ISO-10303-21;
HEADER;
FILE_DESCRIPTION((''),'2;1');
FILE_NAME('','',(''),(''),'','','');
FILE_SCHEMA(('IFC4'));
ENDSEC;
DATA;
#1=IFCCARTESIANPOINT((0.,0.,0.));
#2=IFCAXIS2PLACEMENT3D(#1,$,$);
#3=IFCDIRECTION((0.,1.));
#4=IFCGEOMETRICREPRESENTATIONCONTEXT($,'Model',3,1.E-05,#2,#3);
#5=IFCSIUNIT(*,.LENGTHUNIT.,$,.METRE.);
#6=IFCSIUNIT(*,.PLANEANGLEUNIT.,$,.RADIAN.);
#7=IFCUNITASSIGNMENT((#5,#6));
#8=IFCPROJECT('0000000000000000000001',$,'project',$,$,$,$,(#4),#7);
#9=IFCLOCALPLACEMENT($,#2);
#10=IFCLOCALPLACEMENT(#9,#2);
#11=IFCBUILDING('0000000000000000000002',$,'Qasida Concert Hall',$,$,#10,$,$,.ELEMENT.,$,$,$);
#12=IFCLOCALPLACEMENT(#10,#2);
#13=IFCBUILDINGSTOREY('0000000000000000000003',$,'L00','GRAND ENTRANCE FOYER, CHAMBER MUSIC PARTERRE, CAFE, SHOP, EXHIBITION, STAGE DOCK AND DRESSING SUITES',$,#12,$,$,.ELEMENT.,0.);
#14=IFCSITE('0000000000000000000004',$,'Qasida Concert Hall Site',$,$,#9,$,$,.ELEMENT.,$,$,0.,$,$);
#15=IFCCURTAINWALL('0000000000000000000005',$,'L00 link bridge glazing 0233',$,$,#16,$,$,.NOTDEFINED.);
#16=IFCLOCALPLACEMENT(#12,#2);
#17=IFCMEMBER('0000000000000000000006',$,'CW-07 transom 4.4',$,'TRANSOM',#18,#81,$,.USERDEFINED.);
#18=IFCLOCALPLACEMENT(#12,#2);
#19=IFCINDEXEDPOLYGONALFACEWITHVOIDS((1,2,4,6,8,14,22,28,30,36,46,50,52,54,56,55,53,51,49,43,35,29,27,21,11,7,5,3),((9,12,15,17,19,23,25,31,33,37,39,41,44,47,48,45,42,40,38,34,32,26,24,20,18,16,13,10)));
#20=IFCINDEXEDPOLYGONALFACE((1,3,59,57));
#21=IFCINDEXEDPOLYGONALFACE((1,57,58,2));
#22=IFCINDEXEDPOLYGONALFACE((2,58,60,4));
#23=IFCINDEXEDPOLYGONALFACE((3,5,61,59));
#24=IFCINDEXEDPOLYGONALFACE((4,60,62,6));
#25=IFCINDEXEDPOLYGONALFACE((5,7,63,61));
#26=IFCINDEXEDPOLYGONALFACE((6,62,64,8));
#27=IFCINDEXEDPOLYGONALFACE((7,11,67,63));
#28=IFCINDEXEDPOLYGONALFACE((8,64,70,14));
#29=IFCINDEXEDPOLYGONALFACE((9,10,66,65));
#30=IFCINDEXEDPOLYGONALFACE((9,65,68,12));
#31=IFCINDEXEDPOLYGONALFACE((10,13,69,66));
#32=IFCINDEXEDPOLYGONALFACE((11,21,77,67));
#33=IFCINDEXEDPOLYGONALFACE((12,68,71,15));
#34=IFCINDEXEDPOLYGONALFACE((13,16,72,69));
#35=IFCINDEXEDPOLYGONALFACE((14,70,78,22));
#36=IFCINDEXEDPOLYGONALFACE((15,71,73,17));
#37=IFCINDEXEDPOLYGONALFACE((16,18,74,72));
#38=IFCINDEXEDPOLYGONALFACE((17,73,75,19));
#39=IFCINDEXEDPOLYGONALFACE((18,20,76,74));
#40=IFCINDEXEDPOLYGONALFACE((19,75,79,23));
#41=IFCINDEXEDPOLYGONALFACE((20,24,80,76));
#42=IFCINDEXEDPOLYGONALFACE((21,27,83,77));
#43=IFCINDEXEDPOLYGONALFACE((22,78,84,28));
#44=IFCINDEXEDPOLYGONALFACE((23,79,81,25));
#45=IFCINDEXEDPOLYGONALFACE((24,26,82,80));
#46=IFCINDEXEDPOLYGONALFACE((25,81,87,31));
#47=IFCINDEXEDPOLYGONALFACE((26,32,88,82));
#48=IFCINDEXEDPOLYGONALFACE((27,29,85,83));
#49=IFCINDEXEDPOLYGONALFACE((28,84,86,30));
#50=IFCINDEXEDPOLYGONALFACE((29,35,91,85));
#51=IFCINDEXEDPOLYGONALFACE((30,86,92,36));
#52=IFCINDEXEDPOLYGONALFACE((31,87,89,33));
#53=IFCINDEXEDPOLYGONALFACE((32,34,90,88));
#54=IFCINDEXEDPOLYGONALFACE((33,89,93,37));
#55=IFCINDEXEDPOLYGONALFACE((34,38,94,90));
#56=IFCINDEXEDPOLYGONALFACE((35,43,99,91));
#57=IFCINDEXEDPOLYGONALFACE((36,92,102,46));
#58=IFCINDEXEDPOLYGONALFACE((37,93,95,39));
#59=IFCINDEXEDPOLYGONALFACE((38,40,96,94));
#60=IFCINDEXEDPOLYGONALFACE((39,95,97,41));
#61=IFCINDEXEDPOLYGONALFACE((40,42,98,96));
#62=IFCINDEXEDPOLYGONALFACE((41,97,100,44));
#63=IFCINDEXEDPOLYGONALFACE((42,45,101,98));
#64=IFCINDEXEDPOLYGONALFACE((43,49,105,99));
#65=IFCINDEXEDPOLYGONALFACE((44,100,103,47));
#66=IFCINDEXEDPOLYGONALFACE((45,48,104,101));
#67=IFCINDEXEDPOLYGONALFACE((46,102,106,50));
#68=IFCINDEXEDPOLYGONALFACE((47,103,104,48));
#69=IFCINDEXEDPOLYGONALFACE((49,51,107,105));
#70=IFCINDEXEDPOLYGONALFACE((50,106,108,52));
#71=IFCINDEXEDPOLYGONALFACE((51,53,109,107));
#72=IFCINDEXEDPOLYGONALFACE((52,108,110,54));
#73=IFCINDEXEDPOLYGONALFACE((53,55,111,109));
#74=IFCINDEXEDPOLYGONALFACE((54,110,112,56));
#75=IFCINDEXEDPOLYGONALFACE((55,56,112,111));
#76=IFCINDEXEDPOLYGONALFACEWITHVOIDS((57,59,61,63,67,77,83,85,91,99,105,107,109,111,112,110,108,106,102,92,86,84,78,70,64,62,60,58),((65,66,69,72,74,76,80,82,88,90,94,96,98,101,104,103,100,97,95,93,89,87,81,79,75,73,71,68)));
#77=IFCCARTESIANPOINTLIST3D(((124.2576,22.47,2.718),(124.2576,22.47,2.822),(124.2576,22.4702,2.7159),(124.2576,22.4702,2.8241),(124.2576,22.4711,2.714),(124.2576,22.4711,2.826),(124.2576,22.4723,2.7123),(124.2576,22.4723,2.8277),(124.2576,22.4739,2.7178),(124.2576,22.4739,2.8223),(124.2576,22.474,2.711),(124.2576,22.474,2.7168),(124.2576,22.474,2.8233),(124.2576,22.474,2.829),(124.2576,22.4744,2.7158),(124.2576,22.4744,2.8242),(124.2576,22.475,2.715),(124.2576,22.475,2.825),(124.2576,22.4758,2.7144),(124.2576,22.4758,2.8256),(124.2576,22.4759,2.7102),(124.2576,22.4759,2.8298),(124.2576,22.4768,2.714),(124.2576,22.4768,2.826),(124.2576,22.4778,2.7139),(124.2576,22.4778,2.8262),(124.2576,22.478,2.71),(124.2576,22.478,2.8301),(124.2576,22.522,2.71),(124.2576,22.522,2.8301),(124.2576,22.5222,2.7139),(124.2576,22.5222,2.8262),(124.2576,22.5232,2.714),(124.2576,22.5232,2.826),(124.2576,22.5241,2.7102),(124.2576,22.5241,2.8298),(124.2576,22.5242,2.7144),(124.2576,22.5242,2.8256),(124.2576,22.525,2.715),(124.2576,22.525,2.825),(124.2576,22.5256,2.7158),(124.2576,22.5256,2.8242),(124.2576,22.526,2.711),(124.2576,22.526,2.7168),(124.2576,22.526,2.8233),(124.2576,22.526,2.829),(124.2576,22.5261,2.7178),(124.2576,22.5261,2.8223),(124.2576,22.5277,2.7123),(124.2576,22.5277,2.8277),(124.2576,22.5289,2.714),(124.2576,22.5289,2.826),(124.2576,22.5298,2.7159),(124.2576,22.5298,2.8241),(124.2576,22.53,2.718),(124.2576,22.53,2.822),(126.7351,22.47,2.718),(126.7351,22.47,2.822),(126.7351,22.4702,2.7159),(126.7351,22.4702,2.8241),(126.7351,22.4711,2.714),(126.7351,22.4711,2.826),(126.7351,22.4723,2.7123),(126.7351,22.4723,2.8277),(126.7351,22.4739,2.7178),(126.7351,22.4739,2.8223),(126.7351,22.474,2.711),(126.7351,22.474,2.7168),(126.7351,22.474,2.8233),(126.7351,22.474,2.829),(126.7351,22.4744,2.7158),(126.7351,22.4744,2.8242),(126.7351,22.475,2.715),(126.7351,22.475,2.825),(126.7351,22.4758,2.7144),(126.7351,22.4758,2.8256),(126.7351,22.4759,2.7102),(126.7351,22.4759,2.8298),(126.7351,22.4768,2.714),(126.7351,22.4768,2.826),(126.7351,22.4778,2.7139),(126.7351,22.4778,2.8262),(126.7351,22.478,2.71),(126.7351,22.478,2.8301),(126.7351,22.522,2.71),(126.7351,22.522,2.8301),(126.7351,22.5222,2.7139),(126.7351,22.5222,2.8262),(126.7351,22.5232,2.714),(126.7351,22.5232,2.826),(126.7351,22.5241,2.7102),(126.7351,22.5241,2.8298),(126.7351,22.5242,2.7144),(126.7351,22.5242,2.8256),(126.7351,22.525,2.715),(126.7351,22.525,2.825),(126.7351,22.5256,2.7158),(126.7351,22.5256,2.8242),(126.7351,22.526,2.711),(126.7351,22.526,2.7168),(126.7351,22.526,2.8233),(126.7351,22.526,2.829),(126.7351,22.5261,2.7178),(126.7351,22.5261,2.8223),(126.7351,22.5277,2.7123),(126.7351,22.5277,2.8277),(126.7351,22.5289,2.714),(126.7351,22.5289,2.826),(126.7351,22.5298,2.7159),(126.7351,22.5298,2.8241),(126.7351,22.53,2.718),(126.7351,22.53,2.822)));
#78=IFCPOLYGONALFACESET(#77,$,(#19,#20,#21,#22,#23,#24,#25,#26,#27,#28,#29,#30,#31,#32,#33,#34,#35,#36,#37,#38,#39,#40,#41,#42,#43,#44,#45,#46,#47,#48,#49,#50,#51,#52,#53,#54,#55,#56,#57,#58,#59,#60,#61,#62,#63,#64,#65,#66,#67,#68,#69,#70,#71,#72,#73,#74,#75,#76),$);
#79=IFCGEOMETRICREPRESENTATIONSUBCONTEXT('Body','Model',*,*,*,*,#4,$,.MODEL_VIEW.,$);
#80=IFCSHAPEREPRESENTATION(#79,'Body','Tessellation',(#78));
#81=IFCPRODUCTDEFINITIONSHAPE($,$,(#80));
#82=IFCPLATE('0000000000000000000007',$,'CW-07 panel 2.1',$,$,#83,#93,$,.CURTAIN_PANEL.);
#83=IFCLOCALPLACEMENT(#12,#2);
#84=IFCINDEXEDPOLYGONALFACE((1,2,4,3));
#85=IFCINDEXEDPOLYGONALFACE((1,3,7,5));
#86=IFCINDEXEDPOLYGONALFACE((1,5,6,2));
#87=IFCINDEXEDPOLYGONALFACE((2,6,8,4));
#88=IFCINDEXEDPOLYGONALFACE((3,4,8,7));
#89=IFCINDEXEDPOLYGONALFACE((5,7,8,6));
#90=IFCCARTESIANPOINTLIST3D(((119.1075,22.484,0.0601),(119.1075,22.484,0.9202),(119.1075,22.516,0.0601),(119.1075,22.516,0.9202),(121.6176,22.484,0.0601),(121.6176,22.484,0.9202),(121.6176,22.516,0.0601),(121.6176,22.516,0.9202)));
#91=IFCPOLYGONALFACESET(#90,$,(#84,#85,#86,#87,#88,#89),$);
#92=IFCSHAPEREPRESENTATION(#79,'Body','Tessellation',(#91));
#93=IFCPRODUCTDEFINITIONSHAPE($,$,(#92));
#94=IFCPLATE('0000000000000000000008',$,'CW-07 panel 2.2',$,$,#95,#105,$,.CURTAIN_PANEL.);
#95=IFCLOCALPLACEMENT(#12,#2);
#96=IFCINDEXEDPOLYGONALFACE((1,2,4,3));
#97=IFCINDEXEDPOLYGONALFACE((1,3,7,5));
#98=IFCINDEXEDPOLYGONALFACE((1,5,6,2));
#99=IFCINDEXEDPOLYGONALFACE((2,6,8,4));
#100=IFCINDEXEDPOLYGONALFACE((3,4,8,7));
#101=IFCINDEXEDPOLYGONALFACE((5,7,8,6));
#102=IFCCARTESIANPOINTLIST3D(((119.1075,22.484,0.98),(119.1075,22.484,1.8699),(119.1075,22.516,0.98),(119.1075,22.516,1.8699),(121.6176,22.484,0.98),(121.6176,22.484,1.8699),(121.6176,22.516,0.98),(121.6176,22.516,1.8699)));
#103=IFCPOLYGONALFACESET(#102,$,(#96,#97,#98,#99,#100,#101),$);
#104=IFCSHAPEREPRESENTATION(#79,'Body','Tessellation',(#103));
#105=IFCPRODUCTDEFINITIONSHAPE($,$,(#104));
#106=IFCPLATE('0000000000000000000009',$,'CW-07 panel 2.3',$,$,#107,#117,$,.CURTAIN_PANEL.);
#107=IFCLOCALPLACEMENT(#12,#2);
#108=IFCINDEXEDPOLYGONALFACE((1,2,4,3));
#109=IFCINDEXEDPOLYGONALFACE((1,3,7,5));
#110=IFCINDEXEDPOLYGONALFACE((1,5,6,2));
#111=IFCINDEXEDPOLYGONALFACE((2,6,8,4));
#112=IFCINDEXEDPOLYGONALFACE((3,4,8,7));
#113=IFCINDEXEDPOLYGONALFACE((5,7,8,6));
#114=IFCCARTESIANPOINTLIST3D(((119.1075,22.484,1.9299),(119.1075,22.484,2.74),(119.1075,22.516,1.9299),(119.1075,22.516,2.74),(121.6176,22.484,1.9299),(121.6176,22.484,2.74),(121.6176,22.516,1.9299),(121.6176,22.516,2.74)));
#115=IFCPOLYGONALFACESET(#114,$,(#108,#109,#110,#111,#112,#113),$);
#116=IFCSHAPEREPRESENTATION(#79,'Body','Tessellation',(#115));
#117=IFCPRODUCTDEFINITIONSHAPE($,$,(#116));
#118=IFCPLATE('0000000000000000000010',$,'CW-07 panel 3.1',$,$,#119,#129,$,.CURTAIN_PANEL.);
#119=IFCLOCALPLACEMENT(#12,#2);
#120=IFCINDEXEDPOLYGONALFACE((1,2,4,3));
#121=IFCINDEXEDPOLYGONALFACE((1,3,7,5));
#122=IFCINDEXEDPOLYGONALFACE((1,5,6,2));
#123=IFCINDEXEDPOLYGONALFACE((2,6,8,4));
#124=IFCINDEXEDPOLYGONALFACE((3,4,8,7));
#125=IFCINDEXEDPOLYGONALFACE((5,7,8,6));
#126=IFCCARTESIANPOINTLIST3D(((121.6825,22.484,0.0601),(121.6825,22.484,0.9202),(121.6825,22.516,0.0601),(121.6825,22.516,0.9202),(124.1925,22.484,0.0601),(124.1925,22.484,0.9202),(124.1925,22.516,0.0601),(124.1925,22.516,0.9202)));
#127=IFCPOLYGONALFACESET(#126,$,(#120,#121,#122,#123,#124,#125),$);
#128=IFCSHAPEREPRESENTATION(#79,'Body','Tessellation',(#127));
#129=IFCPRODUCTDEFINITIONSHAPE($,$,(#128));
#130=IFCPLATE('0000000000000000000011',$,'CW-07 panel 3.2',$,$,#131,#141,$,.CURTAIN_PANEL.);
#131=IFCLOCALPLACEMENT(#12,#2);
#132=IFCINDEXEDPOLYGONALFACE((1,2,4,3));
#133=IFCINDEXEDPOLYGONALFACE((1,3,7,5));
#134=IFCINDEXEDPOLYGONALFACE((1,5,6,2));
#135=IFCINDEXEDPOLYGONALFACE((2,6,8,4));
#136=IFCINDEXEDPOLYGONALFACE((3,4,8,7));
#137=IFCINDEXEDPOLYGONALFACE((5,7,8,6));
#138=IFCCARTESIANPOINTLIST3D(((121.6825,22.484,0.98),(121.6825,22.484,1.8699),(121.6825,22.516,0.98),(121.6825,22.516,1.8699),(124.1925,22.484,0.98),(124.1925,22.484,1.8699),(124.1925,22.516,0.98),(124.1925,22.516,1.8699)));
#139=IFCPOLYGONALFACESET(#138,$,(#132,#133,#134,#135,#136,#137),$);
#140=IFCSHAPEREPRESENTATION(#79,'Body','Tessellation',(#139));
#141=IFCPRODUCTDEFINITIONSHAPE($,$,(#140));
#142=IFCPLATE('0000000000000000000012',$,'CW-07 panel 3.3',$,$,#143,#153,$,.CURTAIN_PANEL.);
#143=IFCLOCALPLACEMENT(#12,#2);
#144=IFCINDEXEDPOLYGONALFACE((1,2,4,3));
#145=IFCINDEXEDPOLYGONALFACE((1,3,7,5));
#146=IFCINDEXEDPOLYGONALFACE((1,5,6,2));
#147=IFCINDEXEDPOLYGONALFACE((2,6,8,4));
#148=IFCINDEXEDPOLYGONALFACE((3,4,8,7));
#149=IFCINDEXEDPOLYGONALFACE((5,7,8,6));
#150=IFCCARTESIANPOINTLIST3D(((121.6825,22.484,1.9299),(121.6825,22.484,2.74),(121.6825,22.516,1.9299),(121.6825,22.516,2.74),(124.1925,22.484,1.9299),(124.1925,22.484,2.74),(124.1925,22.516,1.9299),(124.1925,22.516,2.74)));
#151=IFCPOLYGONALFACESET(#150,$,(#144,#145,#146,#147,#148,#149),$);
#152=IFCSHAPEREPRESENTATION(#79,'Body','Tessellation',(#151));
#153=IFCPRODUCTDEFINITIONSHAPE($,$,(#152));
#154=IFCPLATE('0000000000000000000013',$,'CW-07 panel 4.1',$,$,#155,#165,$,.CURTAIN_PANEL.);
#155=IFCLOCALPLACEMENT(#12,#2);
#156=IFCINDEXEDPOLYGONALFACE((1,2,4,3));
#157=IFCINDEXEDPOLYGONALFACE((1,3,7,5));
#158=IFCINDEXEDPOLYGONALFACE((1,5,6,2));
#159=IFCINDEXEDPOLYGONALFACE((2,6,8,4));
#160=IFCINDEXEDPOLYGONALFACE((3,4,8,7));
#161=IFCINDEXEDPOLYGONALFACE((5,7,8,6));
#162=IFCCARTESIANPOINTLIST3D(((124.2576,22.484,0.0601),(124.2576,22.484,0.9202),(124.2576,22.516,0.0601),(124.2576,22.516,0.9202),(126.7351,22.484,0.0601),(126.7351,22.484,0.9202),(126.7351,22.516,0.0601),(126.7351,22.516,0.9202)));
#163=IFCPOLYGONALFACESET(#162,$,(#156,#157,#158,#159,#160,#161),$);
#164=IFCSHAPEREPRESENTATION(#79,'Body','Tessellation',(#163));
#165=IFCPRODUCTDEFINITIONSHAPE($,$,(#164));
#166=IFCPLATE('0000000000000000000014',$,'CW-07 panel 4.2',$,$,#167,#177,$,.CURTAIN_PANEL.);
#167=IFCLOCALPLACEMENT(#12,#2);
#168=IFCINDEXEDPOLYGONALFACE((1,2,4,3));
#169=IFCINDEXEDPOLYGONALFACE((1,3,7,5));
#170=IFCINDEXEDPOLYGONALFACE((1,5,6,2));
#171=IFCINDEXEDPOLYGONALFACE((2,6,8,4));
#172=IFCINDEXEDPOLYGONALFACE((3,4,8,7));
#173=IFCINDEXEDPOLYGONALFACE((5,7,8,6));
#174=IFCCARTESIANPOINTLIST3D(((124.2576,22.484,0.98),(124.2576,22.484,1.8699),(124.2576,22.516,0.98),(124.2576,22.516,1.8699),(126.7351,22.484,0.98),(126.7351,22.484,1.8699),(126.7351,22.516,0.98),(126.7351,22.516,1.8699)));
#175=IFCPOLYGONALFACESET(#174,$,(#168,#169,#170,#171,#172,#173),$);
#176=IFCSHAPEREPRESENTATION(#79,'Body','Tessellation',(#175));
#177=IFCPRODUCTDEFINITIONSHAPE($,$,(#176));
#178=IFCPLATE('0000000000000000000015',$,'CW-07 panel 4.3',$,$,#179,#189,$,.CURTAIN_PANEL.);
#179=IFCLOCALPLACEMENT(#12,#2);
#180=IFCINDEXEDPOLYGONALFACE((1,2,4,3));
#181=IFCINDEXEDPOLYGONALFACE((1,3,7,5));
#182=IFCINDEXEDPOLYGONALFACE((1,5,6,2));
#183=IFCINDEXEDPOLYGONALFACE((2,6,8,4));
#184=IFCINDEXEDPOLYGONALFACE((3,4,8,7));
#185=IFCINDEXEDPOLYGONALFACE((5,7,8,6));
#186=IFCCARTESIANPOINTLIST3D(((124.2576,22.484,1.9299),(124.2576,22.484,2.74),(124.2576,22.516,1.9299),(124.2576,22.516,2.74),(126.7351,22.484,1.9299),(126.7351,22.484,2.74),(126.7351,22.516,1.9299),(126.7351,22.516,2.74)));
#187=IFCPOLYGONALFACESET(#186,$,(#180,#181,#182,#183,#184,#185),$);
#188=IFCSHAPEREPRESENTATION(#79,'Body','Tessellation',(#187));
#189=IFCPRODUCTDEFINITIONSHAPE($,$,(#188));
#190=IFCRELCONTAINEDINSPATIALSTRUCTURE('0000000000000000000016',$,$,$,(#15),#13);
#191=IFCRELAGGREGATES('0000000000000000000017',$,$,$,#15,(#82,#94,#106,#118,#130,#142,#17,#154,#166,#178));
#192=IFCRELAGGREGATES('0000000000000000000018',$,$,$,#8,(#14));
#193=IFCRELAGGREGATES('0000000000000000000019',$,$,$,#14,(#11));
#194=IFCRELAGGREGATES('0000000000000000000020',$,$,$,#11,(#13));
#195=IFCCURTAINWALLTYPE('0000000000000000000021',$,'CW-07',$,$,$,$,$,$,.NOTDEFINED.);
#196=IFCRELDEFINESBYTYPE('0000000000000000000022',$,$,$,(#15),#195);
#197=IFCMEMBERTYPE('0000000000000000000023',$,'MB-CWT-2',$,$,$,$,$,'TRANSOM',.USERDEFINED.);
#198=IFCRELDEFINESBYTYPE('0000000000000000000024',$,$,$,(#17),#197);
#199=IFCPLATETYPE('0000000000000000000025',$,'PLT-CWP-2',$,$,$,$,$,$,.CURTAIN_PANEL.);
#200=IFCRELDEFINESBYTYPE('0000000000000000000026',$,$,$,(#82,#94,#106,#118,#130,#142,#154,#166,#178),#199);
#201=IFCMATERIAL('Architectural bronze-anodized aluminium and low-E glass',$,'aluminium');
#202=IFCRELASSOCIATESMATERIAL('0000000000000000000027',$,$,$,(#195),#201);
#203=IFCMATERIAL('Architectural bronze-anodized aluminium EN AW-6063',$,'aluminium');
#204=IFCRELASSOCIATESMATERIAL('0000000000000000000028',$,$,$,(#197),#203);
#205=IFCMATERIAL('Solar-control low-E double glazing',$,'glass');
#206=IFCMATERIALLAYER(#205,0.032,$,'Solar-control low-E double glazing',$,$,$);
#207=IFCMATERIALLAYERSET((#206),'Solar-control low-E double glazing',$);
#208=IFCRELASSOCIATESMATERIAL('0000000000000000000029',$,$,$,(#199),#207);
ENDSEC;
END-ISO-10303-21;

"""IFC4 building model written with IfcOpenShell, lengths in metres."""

from ifc_helpers import new_model, si_unit, direction, frame, origin, origin_2d, place, context, subcontext, project, spatial, rectangle, hollow_rectangle, extrude, material, layer, layer_set, material_profile, profile_set, type_object, element, aggregate, save


model = new_model("IFC4")

# Units and contexts
model_context = context("Model", 3, precision=1e-05, world=origin(), true_north=direction((0.0, 1.0)))
body_context = subcontext(model_context, "Body", "Model", "MODEL_VIEW")
ifc_project = project(units=[si_unit("LENGTHUNIT", "METRE"), si_unit("PLANEANGLEUNIT", "RADIAN")], contexts=[model_context])

# Site, building, storey
site_placement = place(None, origin())
site = spatial("IfcSite", under=ifc_project, at=site_placement, Name="Qasida Concert Hall Site", CompositionType="ELEMENT", RefElevation=0.0)
building_placement = place(site_placement, origin())
building = spatial("IfcBuilding", under=site, at=building_placement, Name="Qasida Concert Hall", CompositionType="ELEMENT")
storey_placement = place(building_placement, origin())
storey = spatial("IfcBuildingStorey", under=building, at=storey_placement, Name="L00", Description="GRAND ENTRANCE FOYER, CHAMBER MUSIC PARTERRE, CAFE, SHOP, EXHIBITION, STAGE DOCK AND DRESSING SUITES", CompositionType="ELEMENT", Elevation=0.0)

# Curtain wall, member, plates
ifc_material_1 = material(Name="Architectural bronze-anodized aluminium and low-E glass", Category="aluminium")
curtain_wall_type = type_object("IfcCurtainWallType", Name="CW-07", PredefinedType="NOTDEFINED", material=ifc_material_1)
curtain_wall_placement = place(storey_placement, origin())
curtain_wall = element("IfcCurtainWall", 1, at=curtain_wall_placement, inside=storey, type_object=curtain_wall_type, Name="L00 link bridge glazing 0233", PredefinedType="NOTDEFINED")
ifc_material_2 = material(Name="Architectural bronze-anodized aluminium EN AW-6063", Category="aluminium")
ifc_material_profile_1 = material_profile(ifc_material_2, hollow_rectangle(XDim=0.0601, YDim=0.1201, WallThickness=0.0039, InnerFilletRadius=0.0039, OuterFilletRadius=0.0081, at=origin_2d()), Name="CWT 120x60x4")
ifc_profile_set_1 = profile_set([ifc_material_profile_1], Name="Architectural bronze-anodized aluminium EN AW-6063")
member_type_1 = type_object("IfcMemberType", Name="MB-CWT-2", ElementType="TRANSOM", PredefinedType="USERDEFINED", material=ifc_profile_set_1)
member_1_placement = place(storey_placement, frame((124.2576, 22.5, 2.77), z_axis=(1.0, 0.0, 0.0), x_axis=(0.0, 1.0, 0.0)))
member_1 = element("IfcMember", 2, at=member_1_placement, type_object=member_type_1, Name="CW-07 transom 4.4", ObjectType="TRANSOM", PredefinedType="USERDEFINED", context=body_context, shape_type="SweptSolid", body=[
    extrude(hollow_rectangle(XDim=0.0601, YDim=0.1201, WallThickness=0.0039, InnerFilletRadius=0.0039, OuterFilletRadius=0.0081, at=origin_2d()), origin(), (0.0, 0.0, 1.0), 2.4775),
])
ifc_material_3 = material(Name="Solar-control low-E double glazing", Category="glass")
ifc_layer = layer(ifc_material_3, 0.032, Name="Solar-control low-E double glazing")
ifc_layer_set = layer_set([ifc_layer], Name="Solar-control low-E double glazing")
plate_type = type_object("IfcPlateType", Name="PLT-CWP-2", PredefinedType="CURTAIN_PANEL", material=ifc_layer_set)
plate_1_placement = place(storey_placement, frame((120.3625, 22.5, 0.0601), z_axis=(0.0, 0.0, 1.0), x_axis=(1.0, 0.0, 0.0)))
plate_1 = element("IfcPlate", 3, at=plate_1_placement, type_object=plate_type, Name="CW-07 panel 2.1", PredefinedType="CURTAIN_PANEL", context=body_context, shape_type="SweptSolid", body=[
    extrude(rectangle(XDim=2.51, YDim=0.032, at=origin_2d()), origin(), (0.0, 0.0, 1.0), 0.8601),
])
plate_2_placement = place(storey_placement, frame((120.3625, 22.5, 0.98), z_axis=(0.0, 0.0, 1.0), x_axis=(1.0, 0.0, 0.0)))
plate_2 = element("IfcPlate", 4, at=plate_2_placement, type_object=plate_type, Name="CW-07 panel 2.2", PredefinedType="CURTAIN_PANEL", context=body_context, shape_type="SweptSolid", body=[
    extrude(rectangle(XDim=2.51, YDim=0.032, at=origin_2d()), origin(), (0.0, 0.0, 1.0), 0.8899),
])
plate_3_placement = place(storey_placement, frame((120.3625, 22.5, 1.9299), z_axis=(0.0, 0.0, 1.0), x_axis=(1.0, 0.0, 0.0)))
plate_3 = element("IfcPlate", 5, at=plate_3_placement, type_object=plate_type, Name="CW-07 panel 2.3", PredefinedType="CURTAIN_PANEL", context=body_context, shape_type="SweptSolid", body=[
    extrude(rectangle(XDim=2.51, YDim=0.032, at=origin_2d()), origin(), (0.0, 0.0, 1.0), 0.8101),
])
plate_4_placement = place(storey_placement, frame((122.9375, 22.5, 0.0601), z_axis=(0.0, 0.0, 1.0), x_axis=(1.0, 0.0, 0.0)))
plate_4 = element("IfcPlate", 6, at=plate_4_placement, type_object=plate_type, Name="CW-07 panel 3.1", PredefinedType="CURTAIN_PANEL", context=body_context, shape_type="SweptSolid", body=[
    extrude(rectangle(XDim=2.51, YDim=0.032, at=origin_2d()), origin(), (0.0, 0.0, 1.0), 0.8601),
])
plate_5_placement = place(storey_placement, frame((122.9375, 22.5, 0.98), z_axis=(0.0, 0.0, 1.0), x_axis=(1.0, 0.0, 0.0)))
plate_5 = element("IfcPlate", 7, at=plate_5_placement, type_object=plate_type, Name="CW-07 panel 3.2", PredefinedType="CURTAIN_PANEL", context=body_context, shape_type="SweptSolid", body=[
    extrude(rectangle(XDim=2.51, YDim=0.032, at=origin_2d()), origin(), (0.0, 0.0, 1.0), 0.8899),
])
plate_6_placement = place(storey_placement, frame((122.9375, 22.5, 1.9299), z_axis=(0.0, 0.0, 1.0), x_axis=(1.0, 0.0, 0.0)))
plate_6 = element("IfcPlate", 8, at=plate_6_placement, type_object=plate_type, Name="CW-07 panel 3.3", PredefinedType="CURTAIN_PANEL", context=body_context, shape_type="SweptSolid", body=[
    extrude(rectangle(XDim=2.51, YDim=0.032, at=origin_2d()), origin(), (0.0, 0.0, 1.0), 0.8101),
])
plate_7_placement = place(storey_placement, frame((125.4963, 22.5, 0.0601), z_axis=(0.0, 0.0, 1.0), x_axis=(1.0, 0.0, 0.0)))
plate_7 = element("IfcPlate", 9, at=plate_7_placement, type_object=plate_type, Name="CW-07 panel 4.1", PredefinedType="CURTAIN_PANEL", context=body_context, shape_type="SweptSolid", body=[
    extrude(rectangle(XDim=2.4775, YDim=0.032, at=origin_2d()), origin(), (0.0, 0.0, 1.0), 0.8601),
])
plate_8_placement = place(storey_placement, frame((125.4963, 22.5, 0.98), z_axis=(0.0, 0.0, 1.0), x_axis=(1.0, 0.0, 0.0)))
plate_8 = element("IfcPlate", 10, at=plate_8_placement, type_object=plate_type, Name="CW-07 panel 4.2", PredefinedType="CURTAIN_PANEL", context=body_context, shape_type="SweptSolid", body=[
    extrude(rectangle(XDim=2.4775, YDim=0.032, at=origin_2d()), origin(), (0.0, 0.0, 1.0), 0.8899),
])
plate_9_placement = place(storey_placement, frame((125.4963, 22.5, 1.9299), z_axis=(0.0, 0.0, 1.0), x_axis=(1.0, 0.0, 0.0)))
plate_9 = element("IfcPlate", 11, at=plate_9_placement, type_object=plate_type, Name="CW-07 panel 4.3", PredefinedType="CURTAIN_PANEL", context=body_context, shape_type="SweptSolid", body=[
    extrude(rectangle(XDim=2.4775, YDim=0.032, at=origin_2d()), origin(), (0.0, 0.0, 1.0), 0.8101),
])
aggregate(curtain_wall, [plate_1, plate_2, plate_3, plate_4, plate_5, plate_6, member_1, plate_7, plate_8, plate_9])

save(model, "model.ifc")
